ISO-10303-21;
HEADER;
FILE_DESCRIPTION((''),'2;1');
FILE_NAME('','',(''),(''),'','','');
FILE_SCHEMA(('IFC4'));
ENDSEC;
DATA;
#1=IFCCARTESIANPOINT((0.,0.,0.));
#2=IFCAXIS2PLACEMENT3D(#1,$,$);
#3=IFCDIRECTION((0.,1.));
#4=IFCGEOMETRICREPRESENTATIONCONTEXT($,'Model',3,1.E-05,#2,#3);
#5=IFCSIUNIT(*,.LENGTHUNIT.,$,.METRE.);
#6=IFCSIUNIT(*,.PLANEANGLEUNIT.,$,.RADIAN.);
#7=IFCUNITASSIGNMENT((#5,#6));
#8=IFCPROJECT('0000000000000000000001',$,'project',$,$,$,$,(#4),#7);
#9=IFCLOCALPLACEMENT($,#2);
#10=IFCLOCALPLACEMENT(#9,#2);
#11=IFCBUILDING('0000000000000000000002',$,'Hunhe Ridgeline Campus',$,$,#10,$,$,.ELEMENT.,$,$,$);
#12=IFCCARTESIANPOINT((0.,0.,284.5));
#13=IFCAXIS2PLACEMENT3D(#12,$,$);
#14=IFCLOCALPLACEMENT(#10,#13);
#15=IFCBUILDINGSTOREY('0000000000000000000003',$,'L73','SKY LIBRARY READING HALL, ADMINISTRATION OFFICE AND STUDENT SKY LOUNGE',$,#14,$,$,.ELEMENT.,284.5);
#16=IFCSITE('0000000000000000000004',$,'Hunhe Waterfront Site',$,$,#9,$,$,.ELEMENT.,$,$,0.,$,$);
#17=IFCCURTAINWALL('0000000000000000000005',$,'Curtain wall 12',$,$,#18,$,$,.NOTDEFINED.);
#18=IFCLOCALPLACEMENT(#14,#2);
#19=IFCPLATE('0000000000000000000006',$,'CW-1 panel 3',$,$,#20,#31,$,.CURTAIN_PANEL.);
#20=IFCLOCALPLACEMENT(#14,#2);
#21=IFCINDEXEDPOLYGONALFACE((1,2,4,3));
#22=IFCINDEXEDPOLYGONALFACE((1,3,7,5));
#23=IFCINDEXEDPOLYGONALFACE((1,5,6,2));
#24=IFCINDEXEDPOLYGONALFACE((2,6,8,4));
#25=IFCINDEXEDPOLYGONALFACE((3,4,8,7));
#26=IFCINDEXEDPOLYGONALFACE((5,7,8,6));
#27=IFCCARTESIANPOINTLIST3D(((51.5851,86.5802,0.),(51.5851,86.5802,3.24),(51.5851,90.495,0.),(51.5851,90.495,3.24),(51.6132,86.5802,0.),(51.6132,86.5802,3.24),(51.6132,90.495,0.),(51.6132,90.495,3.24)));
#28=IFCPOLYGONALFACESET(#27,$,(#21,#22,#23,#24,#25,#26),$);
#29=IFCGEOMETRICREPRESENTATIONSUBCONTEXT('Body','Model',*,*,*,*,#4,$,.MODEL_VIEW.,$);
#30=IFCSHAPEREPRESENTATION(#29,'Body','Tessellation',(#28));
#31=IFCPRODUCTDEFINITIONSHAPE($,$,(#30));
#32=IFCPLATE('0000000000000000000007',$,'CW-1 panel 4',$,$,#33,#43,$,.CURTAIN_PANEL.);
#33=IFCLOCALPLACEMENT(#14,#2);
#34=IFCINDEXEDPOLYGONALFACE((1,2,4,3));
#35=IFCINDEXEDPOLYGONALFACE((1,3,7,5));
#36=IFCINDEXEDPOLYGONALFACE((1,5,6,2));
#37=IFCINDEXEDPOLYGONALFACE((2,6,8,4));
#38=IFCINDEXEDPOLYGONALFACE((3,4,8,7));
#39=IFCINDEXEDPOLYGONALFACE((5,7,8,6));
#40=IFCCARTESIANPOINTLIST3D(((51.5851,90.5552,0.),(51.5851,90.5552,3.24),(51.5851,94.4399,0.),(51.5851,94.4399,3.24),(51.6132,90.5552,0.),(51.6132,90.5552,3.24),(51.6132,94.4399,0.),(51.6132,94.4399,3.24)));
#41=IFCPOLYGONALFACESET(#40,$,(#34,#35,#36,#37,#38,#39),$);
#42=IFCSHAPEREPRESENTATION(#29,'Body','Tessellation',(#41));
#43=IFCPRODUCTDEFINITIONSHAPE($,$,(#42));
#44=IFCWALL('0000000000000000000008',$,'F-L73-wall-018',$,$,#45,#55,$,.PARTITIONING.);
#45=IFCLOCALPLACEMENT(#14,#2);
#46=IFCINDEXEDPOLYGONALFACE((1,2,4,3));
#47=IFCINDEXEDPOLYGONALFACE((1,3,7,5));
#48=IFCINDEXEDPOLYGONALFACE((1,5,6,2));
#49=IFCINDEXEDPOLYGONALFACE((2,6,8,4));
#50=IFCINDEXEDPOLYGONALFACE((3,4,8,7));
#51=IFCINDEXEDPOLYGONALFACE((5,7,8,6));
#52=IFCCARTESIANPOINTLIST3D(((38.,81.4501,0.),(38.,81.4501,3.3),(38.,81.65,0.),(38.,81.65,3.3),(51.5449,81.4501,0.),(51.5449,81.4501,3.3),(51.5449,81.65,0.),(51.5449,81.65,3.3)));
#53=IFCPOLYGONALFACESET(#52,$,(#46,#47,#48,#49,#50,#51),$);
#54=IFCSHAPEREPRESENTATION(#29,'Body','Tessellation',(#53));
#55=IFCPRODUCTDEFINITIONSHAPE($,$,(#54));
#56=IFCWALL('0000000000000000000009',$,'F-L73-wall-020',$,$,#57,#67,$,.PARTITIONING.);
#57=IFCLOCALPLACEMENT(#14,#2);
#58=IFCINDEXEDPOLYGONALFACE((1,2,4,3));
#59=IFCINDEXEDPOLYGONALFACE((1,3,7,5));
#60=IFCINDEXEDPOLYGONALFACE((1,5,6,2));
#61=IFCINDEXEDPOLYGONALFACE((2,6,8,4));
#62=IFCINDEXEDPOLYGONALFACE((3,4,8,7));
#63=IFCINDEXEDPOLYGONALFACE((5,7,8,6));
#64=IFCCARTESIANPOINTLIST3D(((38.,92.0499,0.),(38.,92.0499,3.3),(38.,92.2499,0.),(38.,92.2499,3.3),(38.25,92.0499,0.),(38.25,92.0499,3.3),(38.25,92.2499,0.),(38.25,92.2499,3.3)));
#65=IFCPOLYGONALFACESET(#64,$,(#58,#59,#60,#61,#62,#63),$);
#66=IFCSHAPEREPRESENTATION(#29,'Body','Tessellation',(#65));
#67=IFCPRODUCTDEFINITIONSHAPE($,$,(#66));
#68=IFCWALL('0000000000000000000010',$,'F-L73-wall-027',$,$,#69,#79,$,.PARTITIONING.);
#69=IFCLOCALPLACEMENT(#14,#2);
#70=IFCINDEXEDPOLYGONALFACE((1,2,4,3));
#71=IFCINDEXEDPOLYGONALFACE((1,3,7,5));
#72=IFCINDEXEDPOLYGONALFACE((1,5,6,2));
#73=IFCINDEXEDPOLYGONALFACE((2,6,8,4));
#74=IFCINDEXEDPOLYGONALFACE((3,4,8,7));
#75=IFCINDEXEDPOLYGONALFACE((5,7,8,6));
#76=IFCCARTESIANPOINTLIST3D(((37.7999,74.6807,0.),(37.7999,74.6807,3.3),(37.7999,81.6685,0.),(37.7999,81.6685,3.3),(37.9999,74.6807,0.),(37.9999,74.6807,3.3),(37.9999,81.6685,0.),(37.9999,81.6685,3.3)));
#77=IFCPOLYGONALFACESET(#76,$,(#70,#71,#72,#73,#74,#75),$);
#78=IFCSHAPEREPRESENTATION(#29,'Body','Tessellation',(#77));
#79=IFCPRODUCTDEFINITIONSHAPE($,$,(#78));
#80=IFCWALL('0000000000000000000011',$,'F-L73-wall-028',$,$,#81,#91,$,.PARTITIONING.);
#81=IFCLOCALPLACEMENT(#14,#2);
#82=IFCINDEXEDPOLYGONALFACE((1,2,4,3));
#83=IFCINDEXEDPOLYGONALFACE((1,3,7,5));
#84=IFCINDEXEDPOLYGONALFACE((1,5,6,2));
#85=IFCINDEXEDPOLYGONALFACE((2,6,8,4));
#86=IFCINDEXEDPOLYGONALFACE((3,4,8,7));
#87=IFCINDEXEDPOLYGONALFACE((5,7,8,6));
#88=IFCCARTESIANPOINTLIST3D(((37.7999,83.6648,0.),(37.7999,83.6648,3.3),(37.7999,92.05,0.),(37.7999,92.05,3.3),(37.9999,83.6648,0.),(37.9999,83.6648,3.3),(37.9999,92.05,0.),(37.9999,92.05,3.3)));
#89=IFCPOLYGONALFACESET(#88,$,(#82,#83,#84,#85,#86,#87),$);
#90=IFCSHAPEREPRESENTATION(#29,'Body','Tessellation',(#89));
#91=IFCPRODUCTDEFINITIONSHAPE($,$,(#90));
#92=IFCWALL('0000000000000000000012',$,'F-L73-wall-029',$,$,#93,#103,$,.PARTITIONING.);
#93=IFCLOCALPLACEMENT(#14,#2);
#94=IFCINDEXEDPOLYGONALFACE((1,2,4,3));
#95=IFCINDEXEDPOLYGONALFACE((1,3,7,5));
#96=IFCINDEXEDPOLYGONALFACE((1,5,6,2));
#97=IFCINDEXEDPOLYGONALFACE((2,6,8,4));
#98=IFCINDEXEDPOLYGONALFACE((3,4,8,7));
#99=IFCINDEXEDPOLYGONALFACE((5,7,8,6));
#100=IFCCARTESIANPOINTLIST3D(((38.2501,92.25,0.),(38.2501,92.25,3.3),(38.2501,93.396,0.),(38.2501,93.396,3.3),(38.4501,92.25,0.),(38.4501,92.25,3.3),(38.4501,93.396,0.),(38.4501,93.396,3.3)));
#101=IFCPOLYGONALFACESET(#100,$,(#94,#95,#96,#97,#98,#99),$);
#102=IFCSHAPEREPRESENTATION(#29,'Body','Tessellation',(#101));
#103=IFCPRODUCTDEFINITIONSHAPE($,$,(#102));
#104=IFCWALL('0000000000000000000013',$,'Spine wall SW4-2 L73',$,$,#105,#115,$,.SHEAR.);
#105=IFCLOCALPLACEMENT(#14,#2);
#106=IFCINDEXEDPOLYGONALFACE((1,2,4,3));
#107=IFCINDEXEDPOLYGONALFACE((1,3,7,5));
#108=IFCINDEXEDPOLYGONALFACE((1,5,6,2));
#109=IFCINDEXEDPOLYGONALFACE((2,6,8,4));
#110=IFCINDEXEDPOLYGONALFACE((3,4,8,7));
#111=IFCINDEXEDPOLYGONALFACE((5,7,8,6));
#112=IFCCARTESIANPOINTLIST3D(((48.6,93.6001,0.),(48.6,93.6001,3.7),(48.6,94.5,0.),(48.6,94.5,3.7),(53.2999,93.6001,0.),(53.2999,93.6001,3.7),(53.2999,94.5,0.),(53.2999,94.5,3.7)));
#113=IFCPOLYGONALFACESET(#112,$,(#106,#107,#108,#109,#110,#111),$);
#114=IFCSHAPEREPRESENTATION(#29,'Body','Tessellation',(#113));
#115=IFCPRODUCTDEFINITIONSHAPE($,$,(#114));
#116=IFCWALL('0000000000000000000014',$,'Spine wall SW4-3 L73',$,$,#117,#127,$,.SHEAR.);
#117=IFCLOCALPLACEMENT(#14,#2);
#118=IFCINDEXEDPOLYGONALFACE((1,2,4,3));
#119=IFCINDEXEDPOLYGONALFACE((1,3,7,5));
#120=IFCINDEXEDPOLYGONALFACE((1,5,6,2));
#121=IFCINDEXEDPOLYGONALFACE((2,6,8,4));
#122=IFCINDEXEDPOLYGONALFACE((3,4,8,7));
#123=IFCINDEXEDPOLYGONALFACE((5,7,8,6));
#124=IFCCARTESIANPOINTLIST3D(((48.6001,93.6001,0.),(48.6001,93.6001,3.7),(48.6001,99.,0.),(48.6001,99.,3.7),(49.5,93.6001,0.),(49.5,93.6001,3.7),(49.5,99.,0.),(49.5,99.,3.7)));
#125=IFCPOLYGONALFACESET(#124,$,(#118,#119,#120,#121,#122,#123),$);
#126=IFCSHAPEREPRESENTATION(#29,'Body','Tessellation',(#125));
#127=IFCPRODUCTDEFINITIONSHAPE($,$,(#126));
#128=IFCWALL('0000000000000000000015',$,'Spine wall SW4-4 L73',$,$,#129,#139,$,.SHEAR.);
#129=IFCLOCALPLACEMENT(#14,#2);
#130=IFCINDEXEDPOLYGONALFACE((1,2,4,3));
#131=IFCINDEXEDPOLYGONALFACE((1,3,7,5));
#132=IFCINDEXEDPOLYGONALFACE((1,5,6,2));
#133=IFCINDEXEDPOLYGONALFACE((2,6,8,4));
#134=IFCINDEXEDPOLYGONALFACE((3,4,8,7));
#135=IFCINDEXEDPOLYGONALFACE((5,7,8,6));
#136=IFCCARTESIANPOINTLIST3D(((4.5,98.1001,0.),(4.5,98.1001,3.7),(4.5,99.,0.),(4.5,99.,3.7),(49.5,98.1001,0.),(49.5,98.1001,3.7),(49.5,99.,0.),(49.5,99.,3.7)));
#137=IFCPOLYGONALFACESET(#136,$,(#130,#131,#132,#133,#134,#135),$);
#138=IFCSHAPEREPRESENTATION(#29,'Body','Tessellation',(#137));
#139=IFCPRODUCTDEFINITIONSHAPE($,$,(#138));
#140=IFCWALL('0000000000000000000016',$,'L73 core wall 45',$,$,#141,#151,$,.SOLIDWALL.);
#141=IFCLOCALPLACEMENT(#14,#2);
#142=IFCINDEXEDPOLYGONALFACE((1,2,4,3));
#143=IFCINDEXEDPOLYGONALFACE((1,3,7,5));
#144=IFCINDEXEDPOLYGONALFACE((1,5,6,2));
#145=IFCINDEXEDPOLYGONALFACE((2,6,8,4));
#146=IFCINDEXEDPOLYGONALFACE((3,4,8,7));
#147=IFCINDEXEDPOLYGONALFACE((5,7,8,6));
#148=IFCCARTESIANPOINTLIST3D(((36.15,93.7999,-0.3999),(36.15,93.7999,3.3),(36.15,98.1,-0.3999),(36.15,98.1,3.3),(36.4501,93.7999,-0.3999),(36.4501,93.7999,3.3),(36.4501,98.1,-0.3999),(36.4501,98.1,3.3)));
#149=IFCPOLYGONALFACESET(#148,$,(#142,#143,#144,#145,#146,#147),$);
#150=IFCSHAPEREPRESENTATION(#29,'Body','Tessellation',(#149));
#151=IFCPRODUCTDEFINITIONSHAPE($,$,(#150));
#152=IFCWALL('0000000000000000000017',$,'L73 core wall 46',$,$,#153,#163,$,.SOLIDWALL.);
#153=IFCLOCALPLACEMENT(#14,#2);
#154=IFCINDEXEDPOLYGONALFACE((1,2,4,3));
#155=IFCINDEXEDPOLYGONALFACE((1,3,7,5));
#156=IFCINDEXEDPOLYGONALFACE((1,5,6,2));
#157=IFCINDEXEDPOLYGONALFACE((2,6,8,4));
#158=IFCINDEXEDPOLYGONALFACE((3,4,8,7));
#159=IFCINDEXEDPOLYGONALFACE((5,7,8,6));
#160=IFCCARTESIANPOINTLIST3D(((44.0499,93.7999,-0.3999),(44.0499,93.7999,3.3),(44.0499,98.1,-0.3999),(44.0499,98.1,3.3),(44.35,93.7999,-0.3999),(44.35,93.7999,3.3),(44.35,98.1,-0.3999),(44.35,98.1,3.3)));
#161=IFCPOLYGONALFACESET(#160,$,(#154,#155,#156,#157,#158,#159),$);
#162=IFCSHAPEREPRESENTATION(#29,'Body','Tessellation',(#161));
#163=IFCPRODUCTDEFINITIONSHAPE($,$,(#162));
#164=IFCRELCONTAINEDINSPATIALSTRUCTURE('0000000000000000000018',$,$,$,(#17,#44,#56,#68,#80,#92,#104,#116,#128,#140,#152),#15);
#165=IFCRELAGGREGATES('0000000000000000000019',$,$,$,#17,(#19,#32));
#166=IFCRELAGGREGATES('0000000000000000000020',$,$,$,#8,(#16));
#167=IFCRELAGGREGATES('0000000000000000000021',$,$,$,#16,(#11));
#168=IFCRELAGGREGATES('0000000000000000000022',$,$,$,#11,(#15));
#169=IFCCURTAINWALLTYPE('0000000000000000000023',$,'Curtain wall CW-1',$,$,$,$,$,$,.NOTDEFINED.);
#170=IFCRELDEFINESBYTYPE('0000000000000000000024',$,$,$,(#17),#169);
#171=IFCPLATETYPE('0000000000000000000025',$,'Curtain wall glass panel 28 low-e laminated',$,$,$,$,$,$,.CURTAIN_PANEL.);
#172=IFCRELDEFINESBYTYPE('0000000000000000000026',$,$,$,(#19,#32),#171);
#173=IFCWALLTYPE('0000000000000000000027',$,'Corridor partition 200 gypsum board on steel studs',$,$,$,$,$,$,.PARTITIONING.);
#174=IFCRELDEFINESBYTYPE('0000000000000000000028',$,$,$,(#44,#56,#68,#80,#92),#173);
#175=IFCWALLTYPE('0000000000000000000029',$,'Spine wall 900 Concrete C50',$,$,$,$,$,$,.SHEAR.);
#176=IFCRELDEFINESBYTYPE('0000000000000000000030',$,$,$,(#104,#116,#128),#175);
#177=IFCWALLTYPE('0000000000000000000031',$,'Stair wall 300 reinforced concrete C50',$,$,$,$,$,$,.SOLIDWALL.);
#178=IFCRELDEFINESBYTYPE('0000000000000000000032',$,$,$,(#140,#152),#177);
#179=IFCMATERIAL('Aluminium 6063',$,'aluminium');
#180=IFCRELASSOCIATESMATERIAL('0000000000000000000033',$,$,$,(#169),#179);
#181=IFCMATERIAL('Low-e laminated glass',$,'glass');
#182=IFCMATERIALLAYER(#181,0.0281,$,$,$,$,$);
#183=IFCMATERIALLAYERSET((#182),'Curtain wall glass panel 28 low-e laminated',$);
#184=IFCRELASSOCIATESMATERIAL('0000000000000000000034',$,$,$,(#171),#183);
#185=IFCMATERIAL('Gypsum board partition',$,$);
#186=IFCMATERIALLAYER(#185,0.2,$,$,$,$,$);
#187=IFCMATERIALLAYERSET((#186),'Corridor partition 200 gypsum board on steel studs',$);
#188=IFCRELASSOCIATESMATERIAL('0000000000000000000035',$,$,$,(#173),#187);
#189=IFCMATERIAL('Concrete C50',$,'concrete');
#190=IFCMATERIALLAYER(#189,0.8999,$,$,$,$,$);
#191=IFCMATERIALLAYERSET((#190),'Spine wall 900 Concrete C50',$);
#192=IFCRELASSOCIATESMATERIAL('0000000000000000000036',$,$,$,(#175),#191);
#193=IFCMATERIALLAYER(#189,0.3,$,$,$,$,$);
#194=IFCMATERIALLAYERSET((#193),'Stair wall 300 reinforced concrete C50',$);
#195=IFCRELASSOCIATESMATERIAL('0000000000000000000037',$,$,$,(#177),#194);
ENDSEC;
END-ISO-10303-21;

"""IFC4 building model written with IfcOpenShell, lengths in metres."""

from ifc_helpers import new_model, si_unit, direction, frame, frame_2d, origin, origin_2d, place, context, subcontext, project, spatial, rectangle, extrude, material, layer, layer_set, type_object, element, aggregate, save


model = new_model("IFC4")

# Units and contexts
model_context = context("Model", 3, precision=1e-05, world=origin(), true_north=direction((0.0, 1.0)))
body_context = subcontext(model_context, "Body", "Model", "MODEL_VIEW")
ifc_project = project(units=[si_unit("LENGTHUNIT", "METRE"), si_unit("PLANEANGLEUNIT", "RADIAN")], contexts=[model_context])

# Site, building, storey
site_placement = place(None, origin())
site = spatial("IfcSite", under=ifc_project, at=site_placement, Name="Hunhe Waterfront Site", CompositionType="ELEMENT", RefElevation=0.0)
building_placement = place(site_placement, origin())
building = spatial("IfcBuilding", under=site, at=building_placement, Name="Hunhe Ridgeline Campus", CompositionType="ELEMENT")
storey_placement = place(building_placement, frame((0.0, 0.0, 284.5)))
storey = spatial("IfcBuildingStorey", under=building, at=storey_placement, Name="L73", Description="SKY LIBRARY READING HALL, ADMINISTRATION OFFICE AND STUDENT SKY LOUNGE", CompositionType="ELEMENT", Elevation=284.5)

# Shared definitions
ifc_material_1 = material(Name="Concrete C50", Category="concrete")

# Curtain wall
ifc_material_2 = material(Name="Aluminium 6063", Category="aluminium")
curtain_wall_type = type_object("IfcCurtainWallType", Name="Curtain wall CW-1", PredefinedType="NOTDEFINED", material=ifc_material_2)
curtain_wall_placement = place(storey_placement, origin())
curtain_wall = element("IfcCurtainWall", 1, at=curtain_wall_placement, inside=storey, type_object=curtain_wall_type, Name="Curtain wall 12", PredefinedType="NOTDEFINED")

# Plates
ifc_material_3 = material(Name="Low-e laminated glass", Category="glass")
ifc_layer_1 = layer(ifc_material_3, 0.0281)
ifc_layer_set_1 = layer_set([ifc_layer_1], Name="Curtain wall glass panel 28 low-e laminated")
plate_type = type_object("IfcPlateType", Name="Curtain wall glass panel 28 low-e laminated", PredefinedType="CURTAIN_PANEL", material=ifc_layer_set_1)
plate_1_placement = place(storey_placement, frame((51.5991, 88.5376, 0.0), z_axis=(0.0, 0.0, 1.0), x_axis=(0.0, 1.0, 0.0)))
plate_1 = element("IfcPlate", 2, at=plate_1_placement, type_object=plate_type, Name="CW-1 panel 3", PredefinedType="CURTAIN_PANEL", context=body_context, shape_type="SweptSolid", body=[
    extrude(rectangle(XDim=3.9148, YDim=0.0281, at=origin_2d()), origin(), (0.0, 0.0, 1.0), 3.24),
])
plate_2_placement = place(storey_placement, frame((51.5991, 92.4976, 0.0), z_axis=(0.0, 0.0, 1.0), x_axis=(0.0, 1.0, 0.0)))
plate_2 = element("IfcPlate", 3, at=plate_2_placement, type_object=plate_type, Name="CW-1 panel 4", PredefinedType="CURTAIN_PANEL", context=body_context, shape_type="SweptSolid", body=[
    extrude(rectangle(XDim=3.8848, YDim=0.0281, at=origin_2d()), origin(), (0.0, 0.0, 1.0), 3.24),
])
aggregate(curtain_wall, [plate_1, plate_2])

# Wall
ifc_material_4 = material(Name="Gypsum board partition")
ifc_layer_2 = layer(ifc_material_4, 0.2)
ifc_layer_set_2 = layer_set([ifc_layer_2], Name="Corridor partition 200 gypsum board on steel studs")
wall_type_1 = type_object("IfcWallType", Name="Corridor partition 200 gypsum board on steel studs", PredefinedType="PARTITIONING", material=ifc_layer_set_2)
wall_1_placement = place(storey_placement, frame((51.5449, 81.55, 0.0), z_axis=(0.0, 0.0, 1.0), x_axis=(-1.0, 0.0, 0.0)))
element("IfcWall", 4, at=wall_1_placement, inside=storey, type_object=wall_type_1, Name="F-L73-wall-018", PredefinedType="PARTITIONING", context=body_context, shape_type="SweptSolid", body=[
    extrude(rectangle(XDim=13.5449, YDim=0.2, at=frame_2d((6.7725, 0.0))), origin(), (0.0, 0.0, 1.0), 3.3),
])

# Walls
wall_2_placement = place(storey_placement, frame((38.25, 92.1499, 0.0), z_axis=(0.0, 0.0, 1.0), x_axis=(-1.0, 0.0, 0.0)))
element("IfcWall", 5, at=wall_2_placement, inside=storey, type_object=wall_type_1, Name="F-L73-wall-020", PredefinedType="PARTITIONING", context=body_context, shape_type="SweptSolid", body=[
    extrude(rectangle(XDim=0.25, YDim=0.2, at=frame_2d((0.125, 0.0))), origin(), (0.0, 0.0, 1.0), 3.3),
])
wall_3_placement = place(storey_placement, frame((37.8999, 81.6685, 0.0), z_axis=(0.0, 0.0, 1.0), x_axis=(0.0, -1.0, 0.0)))
element("IfcWall", 6, at=wall_3_placement, inside=storey, type_object=wall_type_1, Name="F-L73-wall-027", PredefinedType="PARTITIONING", context=body_context, shape_type="SweptSolid", body=[
    extrude(rectangle(XDim=6.9878, YDim=0.2, at=frame_2d((3.4939, 0.0))), origin(), (0.0, 0.0, 1.0), 3.3),
])
wall_4_placement = place(storey_placement, frame((37.8999, 92.05, 0.0), z_axis=(0.0, 0.0, 1.0), x_axis=(0.0, -1.0, 0.0)))
element("IfcWall", 7, at=wall_4_placement, inside=storey, type_object=wall_type_1, Name="F-L73-wall-028", PredefinedType="PARTITIONING", context=body_context, shape_type="SweptSolid", body=[
    extrude(rectangle(XDim=8.3853, YDim=0.2, at=frame_2d((4.1926, 0.0))), origin(), (0.0, 0.0, 1.0), 3.3),
])
wall_5_placement = place(storey_placement, frame((38.3501, 93.396, 0.0), z_axis=(0.0, 0.0, 1.0), x_axis=(0.0, -1.0, 0.0)))
element("IfcWall", 8, at=wall_5_placement, inside=storey, type_object=wall_type_1, Name="F-L73-wall-029", PredefinedType="PARTITIONING", context=body_context, shape_type="SweptSolid", body=[
    extrude(rectangle(XDim=1.146, YDim=0.2, at=frame_2d((0.573, 0.0))), origin(), (0.0, 0.0, 1.0), 3.3),
])
ifc_layer_3 = layer(ifc_material_1, 0.8999)
ifc_layer_set_3 = layer_set([ifc_layer_3], Name="Spine wall 900 Concrete C50")
wall_type_2 = type_object("IfcWallType", Name="Spine wall 900 Concrete C50", PredefinedType="SHEAR", material=ifc_layer_set_3)
wall_6_placement = place(storey_placement, frame((53.3, 94.05, 0.0), z_axis=(0.0, 0.0, 1.0), x_axis=(-1.0, 0.0, 0.0)))
element("IfcWall", 9, at=wall_6_placement, inside=storey, type_object=wall_type_2, Name="Spine wall SW4-2 L73", PredefinedType="SHEAR", context=body_context, shape_type="SweptSolid", body=[
    extrude(rectangle(XDim=4.7, YDim=0.8999, at=frame_2d((2.3501, 0.0))), origin(), (0.0, 0.0, 1.0), 3.7),
])
wall_7_placement = place(storey_placement, frame((49.05, 93.6001, 0.0), z_axis=(0.0, 0.0, 1.0), x_axis=(0.0, 1.0, 0.0)))
element("IfcWall", 10, at=wall_7_placement, inside=storey, type_object=wall_type_2, Name="Spine wall SW4-3 L73", PredefinedType="SHEAR", context=body_context, shape_type="SweptSolid", body=[
    extrude(rectangle(XDim=5.3999, YDim=0.8999, at=frame_2d((2.7, 0.0))), origin(), (0.0, 0.0, 1.0), 3.7),
])
wall_8_placement = place(storey_placement, frame((49.5, 98.55, 0.0), z_axis=(0.0, 0.0, 1.0), x_axis=(-1.0, 0.0, 0.0)))
element("IfcWall", 11, at=wall_8_placement, inside=storey, type_object=wall_type_2, Name="Spine wall SW4-4 L73", PredefinedType="SHEAR", context=body_context, shape_type="SweptSolid", body=[
    extrude(rectangle(XDim=45.0, YDim=0.8999, at=frame_2d((22.5, 0.0))), origin(), (0.0, 0.0, 1.0), 3.7),
])

# Shared definitions
ifc_layer_4 = layer(ifc_material_1, 0.3)
ifc_layer_set_4 = layer_set([ifc_layer_4], Name="Stair wall 300 reinforced concrete C50")
wall_type_3 = type_object("IfcWallType", Name="Stair wall 300 reinforced concrete C50", PredefinedType="SOLIDWALL", material=ifc_layer_set_4)

# Walls
for number, where, z_axis, x_axis, name in (
    (12, (36.3, 93.8, -0.3999), (0.0, 0.0, 1.0), (0.0, 1.0, 0.0), "L73 core wall 45"),
    (13, (44.2, 93.8, -0.3999), (0.0, 0.0, 1.0), (0.0, 1.0, 0.0), "L73 core wall 46"),
):
    element("IfcWall", number, at=place(storey_placement, frame(where, z_axis=z_axis, x_axis=x_axis)), inside=storey, type_object=wall_type_3, Name=name, PredefinedType="SOLIDWALL", context=body_context, shape_type="SweptSolid", body=[
        extrude(rectangle(XDim=4.3, YDim=0.3, at=frame_2d((2.1499, 0.0))), origin(), (0.0, 0.0, 1.0), 3.7),
    ])

save(model, "model.ifc")
